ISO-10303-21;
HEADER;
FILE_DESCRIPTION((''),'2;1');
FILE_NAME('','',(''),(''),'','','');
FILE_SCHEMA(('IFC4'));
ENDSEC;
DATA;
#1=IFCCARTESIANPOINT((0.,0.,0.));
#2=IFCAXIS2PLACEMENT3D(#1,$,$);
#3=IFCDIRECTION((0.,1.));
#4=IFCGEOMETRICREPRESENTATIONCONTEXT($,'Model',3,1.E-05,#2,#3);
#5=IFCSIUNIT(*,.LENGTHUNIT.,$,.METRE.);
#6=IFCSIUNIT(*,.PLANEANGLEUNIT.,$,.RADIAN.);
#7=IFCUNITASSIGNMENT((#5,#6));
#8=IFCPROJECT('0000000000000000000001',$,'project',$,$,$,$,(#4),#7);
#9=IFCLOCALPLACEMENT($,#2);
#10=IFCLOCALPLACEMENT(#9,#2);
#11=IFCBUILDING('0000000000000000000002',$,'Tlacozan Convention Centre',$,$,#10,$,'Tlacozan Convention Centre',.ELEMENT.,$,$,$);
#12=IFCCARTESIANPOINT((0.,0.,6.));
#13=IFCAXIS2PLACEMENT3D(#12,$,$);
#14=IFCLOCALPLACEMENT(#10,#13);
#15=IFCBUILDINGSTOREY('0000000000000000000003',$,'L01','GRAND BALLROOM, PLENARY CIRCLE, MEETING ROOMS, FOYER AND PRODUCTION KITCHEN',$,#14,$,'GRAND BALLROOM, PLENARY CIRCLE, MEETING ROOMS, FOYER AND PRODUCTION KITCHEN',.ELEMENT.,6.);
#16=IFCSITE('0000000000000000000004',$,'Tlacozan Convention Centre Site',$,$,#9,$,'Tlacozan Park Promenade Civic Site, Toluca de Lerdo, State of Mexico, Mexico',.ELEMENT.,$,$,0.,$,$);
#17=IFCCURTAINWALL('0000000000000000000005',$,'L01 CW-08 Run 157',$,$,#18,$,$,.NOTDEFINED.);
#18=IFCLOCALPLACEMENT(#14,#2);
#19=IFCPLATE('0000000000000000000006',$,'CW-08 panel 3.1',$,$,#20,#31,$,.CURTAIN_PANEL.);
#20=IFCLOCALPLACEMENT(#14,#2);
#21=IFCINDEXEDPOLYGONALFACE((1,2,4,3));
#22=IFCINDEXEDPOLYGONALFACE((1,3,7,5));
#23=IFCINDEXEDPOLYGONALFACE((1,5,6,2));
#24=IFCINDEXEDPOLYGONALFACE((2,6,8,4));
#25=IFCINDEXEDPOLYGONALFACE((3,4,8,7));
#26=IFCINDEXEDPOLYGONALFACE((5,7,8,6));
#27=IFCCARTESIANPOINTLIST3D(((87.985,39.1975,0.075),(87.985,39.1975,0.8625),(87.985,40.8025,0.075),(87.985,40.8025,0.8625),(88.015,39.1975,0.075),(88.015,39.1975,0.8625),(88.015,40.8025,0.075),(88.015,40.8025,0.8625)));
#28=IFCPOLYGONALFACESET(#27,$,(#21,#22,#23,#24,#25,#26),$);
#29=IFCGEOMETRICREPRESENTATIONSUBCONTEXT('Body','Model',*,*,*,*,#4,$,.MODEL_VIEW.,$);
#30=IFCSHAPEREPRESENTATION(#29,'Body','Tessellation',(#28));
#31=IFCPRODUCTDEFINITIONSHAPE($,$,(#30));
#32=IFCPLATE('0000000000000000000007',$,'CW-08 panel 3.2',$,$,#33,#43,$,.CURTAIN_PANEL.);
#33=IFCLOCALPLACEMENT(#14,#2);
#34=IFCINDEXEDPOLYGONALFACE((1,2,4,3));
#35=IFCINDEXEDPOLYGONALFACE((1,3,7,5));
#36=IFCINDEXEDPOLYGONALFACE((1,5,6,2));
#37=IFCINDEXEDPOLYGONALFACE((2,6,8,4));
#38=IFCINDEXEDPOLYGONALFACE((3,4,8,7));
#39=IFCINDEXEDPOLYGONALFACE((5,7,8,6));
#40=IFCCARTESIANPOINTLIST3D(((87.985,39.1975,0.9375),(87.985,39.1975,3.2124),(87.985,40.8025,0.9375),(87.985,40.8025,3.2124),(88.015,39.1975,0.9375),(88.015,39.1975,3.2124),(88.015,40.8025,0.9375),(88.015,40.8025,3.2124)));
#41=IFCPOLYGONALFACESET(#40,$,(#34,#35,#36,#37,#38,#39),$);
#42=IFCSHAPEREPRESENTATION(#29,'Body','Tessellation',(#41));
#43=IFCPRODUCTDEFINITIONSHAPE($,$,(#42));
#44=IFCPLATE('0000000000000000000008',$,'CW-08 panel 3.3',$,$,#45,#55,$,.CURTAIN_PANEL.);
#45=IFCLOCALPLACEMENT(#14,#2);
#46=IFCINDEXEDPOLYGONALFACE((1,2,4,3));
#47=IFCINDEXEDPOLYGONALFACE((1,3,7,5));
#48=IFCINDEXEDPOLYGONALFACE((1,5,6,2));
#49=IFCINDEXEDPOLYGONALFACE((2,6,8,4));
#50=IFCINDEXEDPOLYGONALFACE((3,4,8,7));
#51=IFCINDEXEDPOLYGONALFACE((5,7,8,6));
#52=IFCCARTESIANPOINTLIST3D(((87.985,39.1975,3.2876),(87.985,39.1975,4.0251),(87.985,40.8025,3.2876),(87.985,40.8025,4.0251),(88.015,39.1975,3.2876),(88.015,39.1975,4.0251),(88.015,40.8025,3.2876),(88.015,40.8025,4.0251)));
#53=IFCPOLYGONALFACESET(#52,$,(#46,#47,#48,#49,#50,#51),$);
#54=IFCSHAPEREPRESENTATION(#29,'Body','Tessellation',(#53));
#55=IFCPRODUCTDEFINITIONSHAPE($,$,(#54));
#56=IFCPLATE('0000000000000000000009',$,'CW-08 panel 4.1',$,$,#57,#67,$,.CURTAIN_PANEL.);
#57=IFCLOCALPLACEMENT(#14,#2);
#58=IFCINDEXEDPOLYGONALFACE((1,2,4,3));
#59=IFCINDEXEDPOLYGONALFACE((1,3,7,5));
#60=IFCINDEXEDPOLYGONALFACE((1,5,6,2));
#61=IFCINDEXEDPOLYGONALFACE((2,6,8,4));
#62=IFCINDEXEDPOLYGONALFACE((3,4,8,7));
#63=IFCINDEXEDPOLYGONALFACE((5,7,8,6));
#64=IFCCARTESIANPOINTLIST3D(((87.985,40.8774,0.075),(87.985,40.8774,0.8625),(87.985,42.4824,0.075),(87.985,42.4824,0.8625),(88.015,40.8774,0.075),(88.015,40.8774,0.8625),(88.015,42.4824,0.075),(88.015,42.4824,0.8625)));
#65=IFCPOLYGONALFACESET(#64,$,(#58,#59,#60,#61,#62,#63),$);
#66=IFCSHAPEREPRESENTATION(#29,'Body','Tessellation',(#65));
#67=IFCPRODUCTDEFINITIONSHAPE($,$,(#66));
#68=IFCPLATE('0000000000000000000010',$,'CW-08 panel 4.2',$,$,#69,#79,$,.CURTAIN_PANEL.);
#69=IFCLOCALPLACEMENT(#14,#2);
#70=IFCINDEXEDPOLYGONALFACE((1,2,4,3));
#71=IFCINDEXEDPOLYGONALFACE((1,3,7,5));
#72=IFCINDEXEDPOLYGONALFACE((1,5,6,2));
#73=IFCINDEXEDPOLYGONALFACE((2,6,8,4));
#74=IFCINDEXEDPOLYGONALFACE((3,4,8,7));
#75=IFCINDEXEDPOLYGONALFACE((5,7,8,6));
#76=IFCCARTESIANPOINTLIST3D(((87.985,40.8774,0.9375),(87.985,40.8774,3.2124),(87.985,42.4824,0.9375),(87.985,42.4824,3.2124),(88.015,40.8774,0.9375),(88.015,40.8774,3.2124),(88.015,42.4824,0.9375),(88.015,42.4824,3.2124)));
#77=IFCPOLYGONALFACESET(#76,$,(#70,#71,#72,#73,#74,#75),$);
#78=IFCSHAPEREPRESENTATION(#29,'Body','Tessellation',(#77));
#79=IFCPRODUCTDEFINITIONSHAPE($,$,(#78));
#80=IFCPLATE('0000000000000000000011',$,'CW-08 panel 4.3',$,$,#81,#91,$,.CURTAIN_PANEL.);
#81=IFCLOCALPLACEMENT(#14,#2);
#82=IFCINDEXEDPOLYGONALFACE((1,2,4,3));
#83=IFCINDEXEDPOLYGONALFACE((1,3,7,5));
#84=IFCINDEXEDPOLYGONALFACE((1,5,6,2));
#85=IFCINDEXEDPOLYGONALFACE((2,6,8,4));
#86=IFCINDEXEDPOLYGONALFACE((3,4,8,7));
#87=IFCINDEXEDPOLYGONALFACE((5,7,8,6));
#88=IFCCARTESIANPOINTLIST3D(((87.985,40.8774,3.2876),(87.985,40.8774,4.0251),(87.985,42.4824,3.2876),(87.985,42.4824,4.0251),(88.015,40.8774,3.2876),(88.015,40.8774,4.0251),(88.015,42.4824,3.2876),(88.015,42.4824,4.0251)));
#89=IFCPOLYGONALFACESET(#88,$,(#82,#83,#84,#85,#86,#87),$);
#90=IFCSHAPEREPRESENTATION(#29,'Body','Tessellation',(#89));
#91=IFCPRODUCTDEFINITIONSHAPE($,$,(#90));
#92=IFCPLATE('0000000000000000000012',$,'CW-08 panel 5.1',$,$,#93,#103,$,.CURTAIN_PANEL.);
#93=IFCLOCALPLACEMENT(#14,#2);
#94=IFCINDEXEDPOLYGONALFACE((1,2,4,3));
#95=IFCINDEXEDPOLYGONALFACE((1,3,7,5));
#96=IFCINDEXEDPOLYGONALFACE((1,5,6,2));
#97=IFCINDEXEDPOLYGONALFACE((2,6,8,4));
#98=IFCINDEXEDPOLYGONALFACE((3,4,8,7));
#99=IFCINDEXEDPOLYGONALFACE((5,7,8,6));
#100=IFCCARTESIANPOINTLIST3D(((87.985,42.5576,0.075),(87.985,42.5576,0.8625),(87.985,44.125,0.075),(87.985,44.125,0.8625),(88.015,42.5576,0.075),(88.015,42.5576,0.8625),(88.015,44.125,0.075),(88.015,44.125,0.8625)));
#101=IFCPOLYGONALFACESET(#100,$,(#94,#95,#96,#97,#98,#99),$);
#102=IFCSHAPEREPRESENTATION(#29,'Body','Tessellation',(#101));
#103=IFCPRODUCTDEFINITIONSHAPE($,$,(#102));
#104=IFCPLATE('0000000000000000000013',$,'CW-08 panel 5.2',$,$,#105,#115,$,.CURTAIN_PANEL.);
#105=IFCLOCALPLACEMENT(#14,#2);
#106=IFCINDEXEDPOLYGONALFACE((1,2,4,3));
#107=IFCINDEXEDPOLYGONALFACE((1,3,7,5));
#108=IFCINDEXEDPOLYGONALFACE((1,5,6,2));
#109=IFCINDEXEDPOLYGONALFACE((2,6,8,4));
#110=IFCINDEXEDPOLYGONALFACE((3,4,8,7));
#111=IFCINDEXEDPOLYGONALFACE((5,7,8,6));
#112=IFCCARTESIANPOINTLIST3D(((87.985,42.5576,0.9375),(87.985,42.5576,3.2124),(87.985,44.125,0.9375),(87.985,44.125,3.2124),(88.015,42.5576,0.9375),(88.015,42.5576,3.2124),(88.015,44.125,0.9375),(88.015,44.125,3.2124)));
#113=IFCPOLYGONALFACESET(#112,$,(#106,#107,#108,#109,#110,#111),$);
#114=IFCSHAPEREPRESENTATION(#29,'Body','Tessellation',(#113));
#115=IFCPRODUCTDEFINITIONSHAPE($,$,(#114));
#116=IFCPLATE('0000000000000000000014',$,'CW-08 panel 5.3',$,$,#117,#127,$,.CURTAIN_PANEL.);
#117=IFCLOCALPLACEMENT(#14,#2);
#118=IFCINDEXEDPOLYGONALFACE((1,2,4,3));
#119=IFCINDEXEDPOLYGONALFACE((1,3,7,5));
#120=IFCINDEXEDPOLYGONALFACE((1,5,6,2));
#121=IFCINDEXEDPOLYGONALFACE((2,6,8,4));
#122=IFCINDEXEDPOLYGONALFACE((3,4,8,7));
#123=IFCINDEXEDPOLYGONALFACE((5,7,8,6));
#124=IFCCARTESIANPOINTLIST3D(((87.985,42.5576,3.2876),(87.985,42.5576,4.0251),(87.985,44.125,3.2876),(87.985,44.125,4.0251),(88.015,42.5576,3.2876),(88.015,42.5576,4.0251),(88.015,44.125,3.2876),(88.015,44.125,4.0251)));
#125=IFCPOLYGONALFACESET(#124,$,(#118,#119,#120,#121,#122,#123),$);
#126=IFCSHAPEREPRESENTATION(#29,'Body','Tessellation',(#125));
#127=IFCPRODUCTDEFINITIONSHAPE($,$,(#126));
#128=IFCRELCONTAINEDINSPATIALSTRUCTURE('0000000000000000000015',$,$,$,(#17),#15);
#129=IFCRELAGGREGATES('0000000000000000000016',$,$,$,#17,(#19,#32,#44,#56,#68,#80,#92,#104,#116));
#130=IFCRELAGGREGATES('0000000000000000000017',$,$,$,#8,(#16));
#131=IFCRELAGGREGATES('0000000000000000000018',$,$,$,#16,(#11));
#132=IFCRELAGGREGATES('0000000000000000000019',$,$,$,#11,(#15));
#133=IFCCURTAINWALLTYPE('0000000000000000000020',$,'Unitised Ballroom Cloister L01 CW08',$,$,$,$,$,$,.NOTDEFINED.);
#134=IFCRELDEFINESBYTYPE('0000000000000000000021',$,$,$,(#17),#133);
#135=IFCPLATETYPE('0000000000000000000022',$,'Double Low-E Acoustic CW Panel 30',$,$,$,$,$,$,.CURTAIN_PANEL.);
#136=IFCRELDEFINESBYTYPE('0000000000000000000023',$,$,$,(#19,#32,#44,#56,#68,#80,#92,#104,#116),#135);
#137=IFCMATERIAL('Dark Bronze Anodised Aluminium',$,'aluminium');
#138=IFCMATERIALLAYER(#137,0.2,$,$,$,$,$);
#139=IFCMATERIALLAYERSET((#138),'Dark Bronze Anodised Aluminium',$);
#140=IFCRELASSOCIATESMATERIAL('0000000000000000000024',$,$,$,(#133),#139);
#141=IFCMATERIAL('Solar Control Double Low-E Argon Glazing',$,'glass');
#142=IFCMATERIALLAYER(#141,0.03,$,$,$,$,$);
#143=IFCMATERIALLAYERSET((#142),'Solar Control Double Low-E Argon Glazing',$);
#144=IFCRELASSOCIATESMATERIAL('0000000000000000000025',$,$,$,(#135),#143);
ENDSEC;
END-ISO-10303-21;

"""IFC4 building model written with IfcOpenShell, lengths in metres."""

from ifc_helpers import new_model, si_unit, direction, frame, origin, origin_2d, place, context, subcontext, project, spatial, rectangle, extrude, material, layer, layer_set, type_object, element, aggregate, save


model = new_model("IFC4")

# Units and contexts
model_context = context("Model", 3, precision=1e-05, world=origin(), true_north=direction((0.0, 1.0)))
body_context = subcontext(model_context, "Body", "Model", "MODEL_VIEW")
ifc_project = project(units=[si_unit("LENGTHUNIT", "METRE"), si_unit("PLANEANGLEUNIT", "RADIAN")], contexts=[model_context])

# Site, building, storey
site_placement = place(None, origin())
site = spatial("IfcSite", under=ifc_project, at=site_placement, Name="Tlacozan Convention Centre Site", LongName="Tlacozan Park Promenade Civic Site, Toluca de Lerdo, State of Mexico, Mexico", CompositionType="ELEMENT", RefElevation=0.0)
building_placement = place(site_placement, origin())
building = spatial("IfcBuilding", under=site, at=building_placement, Name="Tlacozan Convention Centre", LongName="Tlacozan Convention Centre", CompositionType="ELEMENT")
storey_placement = place(building_placement, frame((0.0, 0.0, 6.0)))
storey = spatial("IfcBuildingStorey", under=building, at=storey_placement, Name="L01", Description="GRAND BALLROOM, PLENARY CIRCLE, MEETING ROOMS, FOYER AND PRODUCTION KITCHEN", LongName="GRAND BALLROOM, PLENARY CIRCLE, MEETING ROOMS, FOYER AND PRODUCTION KITCHEN", CompositionType="ELEMENT", Elevation=6.0)

# Curtain wall, plates
ifc_material_1 = material(Name="Dark Bronze Anodised Aluminium", Category="aluminium")
ifc_layer_1 = layer(ifc_material_1, 0.2)
ifc_layer_set_1 = layer_set([ifc_layer_1], Name="Dark Bronze Anodised Aluminium")
curtain_wall_type = type_object("IfcCurtainWallType", Name="Unitised Ballroom Cloister L01 CW08", PredefinedType="NOTDEFINED", material=ifc_layer_set_1)
curtain_wall_placement = place(storey_placement, origin())
curtain_wall = element("IfcCurtainWall", 1, at=curtain_wall_placement, inside=storey, type_object=curtain_wall_type, Name="L01 CW-08 Run 157", PredefinedType="NOTDEFINED")
ifc_material_2 = material(Name="Solar Control Double Low-E Argon Glazing", Category="glass")
ifc_layer_2 = layer(ifc_material_2, 0.03)
ifc_layer_set_2 = layer_set([ifc_layer_2], Name="Solar Control Double Low-E Argon Glazing")
plate_type = type_object("IfcPlateType", Name="Double Low-E Acoustic CW Panel 30", PredefinedType="CURTAIN_PANEL", material=ifc_layer_set_2)
plate_1_placement = place(storey_placement, frame((88.0, 40.0, 0.075), z_axis=(0.0, 0.0, 1.0), x_axis=(0.0, 1.0, 0.0)))
plate_1 = element("IfcPlate", 2, at=plate_1_placement, type_object=plate_type, Name="CW-08 panel 3.1", PredefinedType="CURTAIN_PANEL", context=body_context, shape_type="SweptSolid", body=[
    extrude(rectangle(XDim=1.605, YDim=0.03, at=origin_2d()), origin(), (0.0, 0.0, 1.0), 0.7876),
])
plate_2_placement = place(storey_placement, frame((88.0, 40.0, 0.9375), z_axis=(0.0, 0.0, 1.0), x_axis=(0.0, 1.0, 0.0)))
plate_2 = element("IfcPlate", 3, at=plate_2_placement, type_object=plate_type, Name="CW-08 panel 3.2", PredefinedType="CURTAIN_PANEL", context=body_context, shape_type="SweptSolid", body=[
    extrude(rectangle(XDim=1.605, YDim=0.03, at=origin_2d()), origin(), (0.0, 0.0, 1.0), 2.2749),
])
plate_3_placement = place(storey_placement, frame((88.0, 40.0, 3.2876), z_axis=(0.0, 0.0, 1.0), x_axis=(0.0, 1.0, 0.0)))
plate_3 = element("IfcPlate", 4, at=plate_3_placement, type_object=plate_type, Name="CW-08 panel 3.3", PredefinedType="CURTAIN_PANEL", context=body_context, shape_type="SweptSolid", body=[
    extrude(rectangle(XDim=1.605, YDim=0.03, at=origin_2d()), origin(), (0.0, 0.0, 1.0), 0.7375),
])
plate_4_placement = place(storey_placement, frame((88.0, 41.6799, 0.075), z_axis=(0.0, 0.0, 1.0), x_axis=(0.0, 1.0, 0.0)))
plate_4 = element("IfcPlate", 5, at=plate_4_placement, type_object=plate_type, Name="CW-08 panel 4.1", PredefinedType="CURTAIN_PANEL", context=body_context, shape_type="SweptSolid", body=[
    extrude(rectangle(XDim=1.605, YDim=0.03, at=origin_2d()), origin(), (0.0, 0.0, 1.0), 0.7876),
])
plate_5_placement = place(storey_placement, frame((88.0, 41.6799, 0.9375), z_axis=(0.0, 0.0, 1.0), x_axis=(0.0, 1.0, 0.0)))
plate_5 = element("IfcPlate", 6, at=plate_5_placement, type_object=plate_type, Name="CW-08 panel 4.2", PredefinedType="CURTAIN_PANEL", context=body_context, shape_type="SweptSolid", body=[
    extrude(rectangle(XDim=1.605, YDim=0.03, at=origin_2d()), origin(), (0.0, 0.0, 1.0), 2.2749),
])
plate_6_placement = place(storey_placement, frame((88.0, 41.6799, 3.2876), z_axis=(0.0, 0.0, 1.0), x_axis=(0.0, 1.0, 0.0)))
plate_6 = element("IfcPlate", 7, at=plate_6_placement, type_object=plate_type, Name="CW-08 panel 4.3", PredefinedType="CURTAIN_PANEL", context=body_context, shape_type="SweptSolid", body=[
    extrude(rectangle(XDim=1.605, YDim=0.03, at=origin_2d()), origin(), (0.0, 0.0, 1.0), 0.7375),
])
plate_7_placement = place(storey_placement, frame((88.0, 43.3413, 0.075), z_axis=(0.0, 0.0, 1.0), x_axis=(0.0, 1.0, 0.0)))
plate_7 = element("IfcPlate", 8, at=plate_7_placement, type_object=plate_type, Name="CW-08 panel 5.1", PredefinedType="CURTAIN_PANEL", context=body_context, shape_type="SweptSolid", body=[
    extrude(rectangle(XDim=1.5674, YDim=0.03, at=origin_2d()), origin(), (0.0, 0.0, 1.0), 0.7876),
])
plate_8_placement = place(storey_placement, frame((88.0, 43.3413, 0.9375), z_axis=(0.0, 0.0, 1.0), x_axis=(0.0, 1.0, 0.0)))
plate_8 = element("IfcPlate", 9, at=plate_8_placement, type_object=plate_type, Name="CW-08 panel 5.2", PredefinedType="CURTAIN_PANEL", context=body_context, shape_type="SweptSolid", body=[
    extrude(rectangle(XDim=1.5674, YDim=0.03, at=origin_2d()), origin(), (0.0, 0.0, 1.0), 2.2749),
])
plate_9_placement = place(storey_placement, frame((88.0, 43.3413, 3.2876), z_axis=(0.0, 0.0, 1.0), x_axis=(0.0, 1.0, 0.0)))
plate_9 = element("IfcPlate", 10, at=plate_9_placement, type_object=plate_type, Name="CW-08 panel 5.3", PredefinedType="CURTAIN_PANEL", context=body_context, shape_type="SweptSolid", body=[
    extrude(rectangle(XDim=1.5674, YDim=0.03, at=origin_2d()), origin(), (0.0, 0.0, 1.0), 0.7375),
])
aggregate(curtain_wall, [plate_1, plate_2, plate_3, plate_4, plate_5, plate_6, plate_7, plate_8, plate_9])

save(model, "model.ifc")
